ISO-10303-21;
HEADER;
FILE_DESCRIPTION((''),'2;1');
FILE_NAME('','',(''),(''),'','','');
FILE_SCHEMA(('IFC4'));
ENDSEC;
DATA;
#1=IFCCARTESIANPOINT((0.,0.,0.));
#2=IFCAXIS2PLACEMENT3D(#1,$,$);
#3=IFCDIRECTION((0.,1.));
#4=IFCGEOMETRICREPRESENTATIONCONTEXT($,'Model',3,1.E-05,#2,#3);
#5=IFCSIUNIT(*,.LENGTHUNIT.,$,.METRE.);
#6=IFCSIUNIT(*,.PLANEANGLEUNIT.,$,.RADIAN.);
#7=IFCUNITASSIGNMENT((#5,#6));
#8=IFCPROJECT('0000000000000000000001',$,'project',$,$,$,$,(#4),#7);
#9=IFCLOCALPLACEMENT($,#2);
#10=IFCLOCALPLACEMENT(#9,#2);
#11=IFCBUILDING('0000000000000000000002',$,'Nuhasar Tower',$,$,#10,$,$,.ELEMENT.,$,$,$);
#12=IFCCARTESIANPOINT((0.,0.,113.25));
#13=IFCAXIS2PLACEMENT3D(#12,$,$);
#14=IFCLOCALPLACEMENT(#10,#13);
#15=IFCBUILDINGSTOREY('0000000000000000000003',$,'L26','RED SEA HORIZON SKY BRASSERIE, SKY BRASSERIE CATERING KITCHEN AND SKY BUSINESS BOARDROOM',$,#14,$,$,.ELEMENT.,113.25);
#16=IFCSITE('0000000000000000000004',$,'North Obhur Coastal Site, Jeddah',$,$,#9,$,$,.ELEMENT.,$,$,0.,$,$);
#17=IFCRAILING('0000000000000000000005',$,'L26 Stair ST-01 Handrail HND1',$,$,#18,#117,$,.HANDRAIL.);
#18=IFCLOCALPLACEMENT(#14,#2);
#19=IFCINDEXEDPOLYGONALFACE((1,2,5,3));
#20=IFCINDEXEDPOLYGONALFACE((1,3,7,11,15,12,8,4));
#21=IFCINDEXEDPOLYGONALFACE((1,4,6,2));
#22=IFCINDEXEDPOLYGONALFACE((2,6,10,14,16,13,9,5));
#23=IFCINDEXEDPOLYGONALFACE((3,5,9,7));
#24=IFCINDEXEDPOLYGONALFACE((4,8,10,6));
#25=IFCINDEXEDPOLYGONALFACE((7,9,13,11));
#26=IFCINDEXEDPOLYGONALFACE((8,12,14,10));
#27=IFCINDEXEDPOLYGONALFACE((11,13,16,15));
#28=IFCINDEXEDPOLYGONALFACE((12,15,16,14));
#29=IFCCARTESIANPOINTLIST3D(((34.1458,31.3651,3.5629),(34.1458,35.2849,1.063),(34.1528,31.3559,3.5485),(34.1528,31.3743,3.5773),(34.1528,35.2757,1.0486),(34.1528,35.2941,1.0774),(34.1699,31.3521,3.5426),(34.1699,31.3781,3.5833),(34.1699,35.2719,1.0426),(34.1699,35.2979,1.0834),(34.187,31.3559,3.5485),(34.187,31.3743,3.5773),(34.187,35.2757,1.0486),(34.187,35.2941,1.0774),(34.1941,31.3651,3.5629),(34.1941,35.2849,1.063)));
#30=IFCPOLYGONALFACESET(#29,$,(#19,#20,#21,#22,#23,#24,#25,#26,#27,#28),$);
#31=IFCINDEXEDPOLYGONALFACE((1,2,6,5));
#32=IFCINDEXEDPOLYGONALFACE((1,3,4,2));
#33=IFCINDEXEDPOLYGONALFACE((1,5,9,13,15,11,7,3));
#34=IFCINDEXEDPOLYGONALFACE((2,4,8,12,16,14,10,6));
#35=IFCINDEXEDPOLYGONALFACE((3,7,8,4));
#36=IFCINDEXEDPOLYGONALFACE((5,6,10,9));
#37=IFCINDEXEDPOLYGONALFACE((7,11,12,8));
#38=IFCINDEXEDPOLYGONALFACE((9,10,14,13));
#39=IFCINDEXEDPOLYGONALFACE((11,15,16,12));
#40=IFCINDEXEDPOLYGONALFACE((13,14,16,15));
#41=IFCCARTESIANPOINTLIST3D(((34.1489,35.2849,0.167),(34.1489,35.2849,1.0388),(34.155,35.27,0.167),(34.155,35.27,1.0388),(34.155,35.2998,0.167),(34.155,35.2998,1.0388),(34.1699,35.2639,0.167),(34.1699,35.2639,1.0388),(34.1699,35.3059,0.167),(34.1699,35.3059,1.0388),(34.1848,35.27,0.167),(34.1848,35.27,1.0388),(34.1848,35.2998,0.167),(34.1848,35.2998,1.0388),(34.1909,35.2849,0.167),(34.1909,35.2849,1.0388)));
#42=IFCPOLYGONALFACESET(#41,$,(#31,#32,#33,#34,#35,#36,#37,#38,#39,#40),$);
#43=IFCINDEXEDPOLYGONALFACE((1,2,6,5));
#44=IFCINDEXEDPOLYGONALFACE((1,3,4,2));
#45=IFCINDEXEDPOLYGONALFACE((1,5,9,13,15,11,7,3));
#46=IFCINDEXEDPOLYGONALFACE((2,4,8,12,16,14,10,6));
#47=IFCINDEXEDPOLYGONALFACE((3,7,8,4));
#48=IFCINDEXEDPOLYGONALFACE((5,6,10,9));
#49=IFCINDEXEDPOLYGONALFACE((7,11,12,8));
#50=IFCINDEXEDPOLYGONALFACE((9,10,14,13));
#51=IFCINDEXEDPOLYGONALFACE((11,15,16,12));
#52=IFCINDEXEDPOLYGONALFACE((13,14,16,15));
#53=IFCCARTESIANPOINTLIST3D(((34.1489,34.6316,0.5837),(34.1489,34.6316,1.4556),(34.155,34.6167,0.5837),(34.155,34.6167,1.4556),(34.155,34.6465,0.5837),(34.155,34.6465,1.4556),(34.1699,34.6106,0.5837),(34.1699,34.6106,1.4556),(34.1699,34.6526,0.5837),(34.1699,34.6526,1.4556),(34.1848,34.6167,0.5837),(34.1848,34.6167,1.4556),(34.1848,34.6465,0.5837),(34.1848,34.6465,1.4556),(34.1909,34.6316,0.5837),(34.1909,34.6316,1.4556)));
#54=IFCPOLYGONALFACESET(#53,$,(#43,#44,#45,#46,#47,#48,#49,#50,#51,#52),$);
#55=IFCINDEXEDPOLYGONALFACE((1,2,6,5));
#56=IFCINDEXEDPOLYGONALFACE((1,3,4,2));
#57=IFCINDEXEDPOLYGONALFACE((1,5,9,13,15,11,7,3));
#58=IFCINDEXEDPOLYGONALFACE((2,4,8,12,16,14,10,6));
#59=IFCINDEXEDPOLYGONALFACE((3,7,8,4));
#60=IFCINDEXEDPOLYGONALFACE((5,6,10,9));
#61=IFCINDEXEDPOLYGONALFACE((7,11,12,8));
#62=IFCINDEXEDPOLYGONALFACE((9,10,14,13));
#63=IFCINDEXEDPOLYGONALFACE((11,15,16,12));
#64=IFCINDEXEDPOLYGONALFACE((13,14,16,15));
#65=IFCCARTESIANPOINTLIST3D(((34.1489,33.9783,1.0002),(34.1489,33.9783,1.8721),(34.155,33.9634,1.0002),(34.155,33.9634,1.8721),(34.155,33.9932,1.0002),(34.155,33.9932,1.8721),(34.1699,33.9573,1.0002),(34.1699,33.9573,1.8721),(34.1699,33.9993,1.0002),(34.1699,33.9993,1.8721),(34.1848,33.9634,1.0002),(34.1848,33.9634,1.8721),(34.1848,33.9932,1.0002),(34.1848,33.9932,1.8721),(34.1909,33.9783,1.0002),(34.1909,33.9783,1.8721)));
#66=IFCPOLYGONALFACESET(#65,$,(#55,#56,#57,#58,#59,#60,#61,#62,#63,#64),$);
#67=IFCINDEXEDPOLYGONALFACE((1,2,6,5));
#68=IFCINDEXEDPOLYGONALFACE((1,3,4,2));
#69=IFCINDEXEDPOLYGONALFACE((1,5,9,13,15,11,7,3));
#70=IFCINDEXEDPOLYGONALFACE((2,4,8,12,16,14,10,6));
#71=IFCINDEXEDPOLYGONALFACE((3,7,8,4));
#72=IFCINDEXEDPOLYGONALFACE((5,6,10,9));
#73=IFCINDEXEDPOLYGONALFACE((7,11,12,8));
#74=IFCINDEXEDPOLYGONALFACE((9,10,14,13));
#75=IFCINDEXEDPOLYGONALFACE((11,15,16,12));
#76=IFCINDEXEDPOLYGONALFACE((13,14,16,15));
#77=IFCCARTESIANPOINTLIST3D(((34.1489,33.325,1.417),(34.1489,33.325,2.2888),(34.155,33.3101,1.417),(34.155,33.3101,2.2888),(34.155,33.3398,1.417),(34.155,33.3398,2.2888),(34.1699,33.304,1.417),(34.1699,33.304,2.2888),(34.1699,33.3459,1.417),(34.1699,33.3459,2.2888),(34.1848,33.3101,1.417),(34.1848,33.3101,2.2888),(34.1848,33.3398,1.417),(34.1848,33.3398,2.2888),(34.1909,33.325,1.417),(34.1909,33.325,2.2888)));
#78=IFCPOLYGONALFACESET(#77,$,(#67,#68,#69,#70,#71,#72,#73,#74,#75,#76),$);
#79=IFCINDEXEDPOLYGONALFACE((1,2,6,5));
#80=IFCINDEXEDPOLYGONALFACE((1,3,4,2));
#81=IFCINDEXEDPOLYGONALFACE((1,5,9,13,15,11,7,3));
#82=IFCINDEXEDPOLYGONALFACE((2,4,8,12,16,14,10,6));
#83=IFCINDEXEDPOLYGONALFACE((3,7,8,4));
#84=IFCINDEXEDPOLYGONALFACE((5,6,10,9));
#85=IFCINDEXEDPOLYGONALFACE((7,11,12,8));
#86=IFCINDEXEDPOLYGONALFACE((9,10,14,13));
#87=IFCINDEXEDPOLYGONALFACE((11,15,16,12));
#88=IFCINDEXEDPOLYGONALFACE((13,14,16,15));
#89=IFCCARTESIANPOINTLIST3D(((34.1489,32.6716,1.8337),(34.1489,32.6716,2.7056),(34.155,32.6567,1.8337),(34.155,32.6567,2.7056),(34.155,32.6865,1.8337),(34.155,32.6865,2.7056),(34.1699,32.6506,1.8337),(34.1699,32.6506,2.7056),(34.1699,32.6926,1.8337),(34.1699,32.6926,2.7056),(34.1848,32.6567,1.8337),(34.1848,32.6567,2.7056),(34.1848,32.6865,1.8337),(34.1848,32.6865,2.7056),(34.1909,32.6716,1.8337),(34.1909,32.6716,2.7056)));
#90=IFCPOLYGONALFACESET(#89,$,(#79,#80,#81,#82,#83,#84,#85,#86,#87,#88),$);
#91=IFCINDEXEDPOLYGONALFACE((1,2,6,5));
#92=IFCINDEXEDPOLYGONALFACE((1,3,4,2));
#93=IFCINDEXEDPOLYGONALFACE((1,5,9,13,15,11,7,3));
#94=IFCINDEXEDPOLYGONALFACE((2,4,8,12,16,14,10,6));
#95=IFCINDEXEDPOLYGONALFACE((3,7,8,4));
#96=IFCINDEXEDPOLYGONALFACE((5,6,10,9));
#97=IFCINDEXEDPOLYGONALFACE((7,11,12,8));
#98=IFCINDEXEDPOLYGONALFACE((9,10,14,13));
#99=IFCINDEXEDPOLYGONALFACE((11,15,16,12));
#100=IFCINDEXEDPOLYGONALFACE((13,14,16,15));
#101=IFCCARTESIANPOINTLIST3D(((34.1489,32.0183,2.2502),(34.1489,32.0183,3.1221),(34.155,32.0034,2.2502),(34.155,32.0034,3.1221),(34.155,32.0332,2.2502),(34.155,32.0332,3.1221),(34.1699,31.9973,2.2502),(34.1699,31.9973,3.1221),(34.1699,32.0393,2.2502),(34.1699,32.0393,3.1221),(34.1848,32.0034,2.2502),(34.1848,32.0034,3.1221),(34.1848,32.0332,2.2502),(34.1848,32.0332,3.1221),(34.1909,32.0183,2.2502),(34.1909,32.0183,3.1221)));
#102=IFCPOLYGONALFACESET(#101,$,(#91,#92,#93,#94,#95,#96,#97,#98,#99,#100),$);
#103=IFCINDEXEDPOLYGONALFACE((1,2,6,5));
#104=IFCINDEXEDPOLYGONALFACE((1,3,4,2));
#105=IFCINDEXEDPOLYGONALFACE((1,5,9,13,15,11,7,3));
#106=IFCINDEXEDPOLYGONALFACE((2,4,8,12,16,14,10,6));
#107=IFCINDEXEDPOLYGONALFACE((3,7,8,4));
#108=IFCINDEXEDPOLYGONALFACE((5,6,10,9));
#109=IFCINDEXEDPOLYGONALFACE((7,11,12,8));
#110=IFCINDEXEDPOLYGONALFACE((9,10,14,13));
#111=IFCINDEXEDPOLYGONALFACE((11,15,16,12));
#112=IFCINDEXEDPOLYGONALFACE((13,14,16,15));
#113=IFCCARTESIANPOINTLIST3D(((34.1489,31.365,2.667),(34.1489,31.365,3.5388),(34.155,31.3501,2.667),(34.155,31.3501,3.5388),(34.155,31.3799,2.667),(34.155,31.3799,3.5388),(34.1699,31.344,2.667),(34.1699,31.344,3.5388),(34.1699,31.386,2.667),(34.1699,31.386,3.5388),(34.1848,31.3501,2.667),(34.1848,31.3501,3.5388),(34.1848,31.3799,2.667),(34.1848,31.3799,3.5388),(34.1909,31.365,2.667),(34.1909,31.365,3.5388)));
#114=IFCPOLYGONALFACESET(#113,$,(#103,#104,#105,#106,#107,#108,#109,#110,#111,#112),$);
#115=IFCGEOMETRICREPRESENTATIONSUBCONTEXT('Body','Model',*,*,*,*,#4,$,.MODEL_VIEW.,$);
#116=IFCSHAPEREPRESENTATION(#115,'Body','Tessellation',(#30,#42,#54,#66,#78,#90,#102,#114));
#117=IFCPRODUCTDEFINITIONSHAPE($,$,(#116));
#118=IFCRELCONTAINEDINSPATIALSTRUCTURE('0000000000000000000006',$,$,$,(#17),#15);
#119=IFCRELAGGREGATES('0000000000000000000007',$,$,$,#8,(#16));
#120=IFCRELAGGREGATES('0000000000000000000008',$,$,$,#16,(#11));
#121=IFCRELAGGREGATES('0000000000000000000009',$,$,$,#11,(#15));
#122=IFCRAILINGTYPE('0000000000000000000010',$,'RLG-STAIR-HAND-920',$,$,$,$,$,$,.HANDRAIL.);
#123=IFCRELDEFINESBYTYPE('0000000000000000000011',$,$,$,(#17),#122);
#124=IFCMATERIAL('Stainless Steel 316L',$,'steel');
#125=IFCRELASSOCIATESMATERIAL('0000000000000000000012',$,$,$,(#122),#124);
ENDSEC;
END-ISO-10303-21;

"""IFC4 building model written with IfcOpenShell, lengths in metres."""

from ifc_helpers import new_model, si_unit, direction, frame, origin, place, context, subcontext, project, spatial, polyline, outline, extrude, material, type_object, element, save


model = new_model("IFC4")

# Units and contexts
model_context = context("Model", 3, precision=1e-05, world=origin(), true_north=direction((0.0, 1.0)))
body_context = subcontext(model_context, "Body", "Model", "MODEL_VIEW")
ifc_project = project(units=[si_unit("LENGTHUNIT", "METRE"), si_unit("PLANEANGLEUNIT", "RADIAN")], contexts=[model_context])

# Site, building, storey
site_placement = place(None, origin())
site = spatial("IfcSite", under=ifc_project, at=site_placement, Name="North Obhur Coastal Site, Jeddah", CompositionType="ELEMENT", RefElevation=0.0)
building_placement = place(site_placement, origin())
building = spatial("IfcBuilding", under=site, at=building_placement, Name="Nuhasar Tower", CompositionType="ELEMENT")
storey_placement = place(building_placement, frame((0.0, 0.0, 113.25)))
storey = spatial("IfcBuildingStorey", under=building, at=storey_placement, Name="L26", Description="RED SEA HORIZON SKY BRASSERIE, SKY BRASSERIE CATERING KITCHEN AND SKY BUSINESS BOARDROOM", CompositionType="ELEMENT", Elevation=113.25)

# Railing
ifc_material_1 = material(Name="Stainless Steel 316L", Category="steel")
railing_type_1 = type_object("IfcRailingType", Name="RLG-STAIR-HAND-920", PredefinedType="HANDRAIL", material=ifc_material_1)
railing_1_placement = place(storey_placement, frame((34.1699, 35.2849, 0.167)))
element("IfcRailing", 1, at=railing_1_placement, inside=storey, type_object=railing_type_1, Name="L26 Stair ST-01 Handrail HND1", PredefinedType="HANDRAIL", context=body_context, shape_type="SweptSolid", body=[
    extrude(outline(polyline([(0.0242, 0.0), (0.0171, 0.0171), (0.0, 0.0242), (-0.0171, 0.0171), (-0.0242, 0.0), (-0.0171, -0.0171), (0.0, -0.0242), (0.0171, -0.0171), (0.0242, 0.0)])), frame((0.0, 0.0, 0.896), z_axis=(0.0, -0.843125, 0.537718), x_axis=(1.0, 0.0, 0.0)), (0.0, 0.0, 1.0), 4.6492),
    extrude(outline(polyline([(0.021, 0.0), (0.0149, 0.0149), (0.0, 0.021), (-0.0149, 0.0149), (-0.021, 0.0), (-0.0149, -0.0149), (0.0, -0.021), (0.0149, -0.0149), (0.021, 0.0)])), origin(), (0.0, 0.0, 1.0), 0.8718),
    extrude(outline(polyline([(0.021, 0.0), (0.0149, 0.0149), (0.0, 0.021), (-0.0149, 0.0149), (-0.021, 0.0), (-0.0149, -0.0149), (0.0, -0.021), (0.0149, -0.0149), (0.021, 0.0)])), frame((0.0, -0.6533, 0.4167)), (0.0, 0.0, 1.0), 0.8718),
    extrude(outline(polyline([(0.021, 0.0), (0.0149, 0.0149), (0.0, 0.021), (-0.0149, 0.0149), (-0.021, 0.0), (-0.0149, -0.0149), (0.0, -0.021), (0.0149, -0.0149), (0.021, 0.0)])), frame((0.0, -1.3066, 0.8333)), (0.0, 0.0, 1.0), 0.8718),
    extrude(outline(polyline([(0.021, 0.0), (0.0149, 0.0149), (0.0, 0.021), (-0.0149, 0.0149), (-0.021, 0.0), (-0.0149, -0.0149), (0.0, -0.021), (0.0149, -0.0149), (0.021, 0.0)])), frame((0.0, -1.96, 1.25)), (0.0, 0.0, 1.0), 0.8718),
    extrude(outline(polyline([(0.021, 0.0), (0.0149, 0.0149), (0.0, 0.021), (-0.0149, 0.0149), (-0.021, 0.0), (-0.0149, -0.0149), (0.0, -0.021), (0.0149, -0.0149), (0.021, 0.0)])), frame((0.0, -2.6133, 1.6667)), (0.0, 0.0, 1.0), 0.8718),
    extrude(outline(polyline([(0.021, 0.0), (0.0149, 0.0149), (0.0, 0.021), (-0.0149, 0.0149), (-0.021, 0.0), (-0.0149, -0.0149), (0.0, -0.021), (0.0149, -0.0149), (0.021, 0.0)])), frame((0.0, -3.2666, 2.0833)), (0.0, 0.0, 1.0), 0.8718),
    extrude(outline(polyline([(0.021, 0.0), (0.0149, 0.0149), (0.0, 0.021), (-0.0149, 0.0149), (-0.021, 0.0), (-0.0149, -0.0149), (0.0, -0.021), (0.0149, -0.0149), (0.021, 0.0)])), frame((0.0, -3.9199, 2.5)), (0.0, 0.0, 1.0), 0.8718),
])

save(model, "model.ifc")
